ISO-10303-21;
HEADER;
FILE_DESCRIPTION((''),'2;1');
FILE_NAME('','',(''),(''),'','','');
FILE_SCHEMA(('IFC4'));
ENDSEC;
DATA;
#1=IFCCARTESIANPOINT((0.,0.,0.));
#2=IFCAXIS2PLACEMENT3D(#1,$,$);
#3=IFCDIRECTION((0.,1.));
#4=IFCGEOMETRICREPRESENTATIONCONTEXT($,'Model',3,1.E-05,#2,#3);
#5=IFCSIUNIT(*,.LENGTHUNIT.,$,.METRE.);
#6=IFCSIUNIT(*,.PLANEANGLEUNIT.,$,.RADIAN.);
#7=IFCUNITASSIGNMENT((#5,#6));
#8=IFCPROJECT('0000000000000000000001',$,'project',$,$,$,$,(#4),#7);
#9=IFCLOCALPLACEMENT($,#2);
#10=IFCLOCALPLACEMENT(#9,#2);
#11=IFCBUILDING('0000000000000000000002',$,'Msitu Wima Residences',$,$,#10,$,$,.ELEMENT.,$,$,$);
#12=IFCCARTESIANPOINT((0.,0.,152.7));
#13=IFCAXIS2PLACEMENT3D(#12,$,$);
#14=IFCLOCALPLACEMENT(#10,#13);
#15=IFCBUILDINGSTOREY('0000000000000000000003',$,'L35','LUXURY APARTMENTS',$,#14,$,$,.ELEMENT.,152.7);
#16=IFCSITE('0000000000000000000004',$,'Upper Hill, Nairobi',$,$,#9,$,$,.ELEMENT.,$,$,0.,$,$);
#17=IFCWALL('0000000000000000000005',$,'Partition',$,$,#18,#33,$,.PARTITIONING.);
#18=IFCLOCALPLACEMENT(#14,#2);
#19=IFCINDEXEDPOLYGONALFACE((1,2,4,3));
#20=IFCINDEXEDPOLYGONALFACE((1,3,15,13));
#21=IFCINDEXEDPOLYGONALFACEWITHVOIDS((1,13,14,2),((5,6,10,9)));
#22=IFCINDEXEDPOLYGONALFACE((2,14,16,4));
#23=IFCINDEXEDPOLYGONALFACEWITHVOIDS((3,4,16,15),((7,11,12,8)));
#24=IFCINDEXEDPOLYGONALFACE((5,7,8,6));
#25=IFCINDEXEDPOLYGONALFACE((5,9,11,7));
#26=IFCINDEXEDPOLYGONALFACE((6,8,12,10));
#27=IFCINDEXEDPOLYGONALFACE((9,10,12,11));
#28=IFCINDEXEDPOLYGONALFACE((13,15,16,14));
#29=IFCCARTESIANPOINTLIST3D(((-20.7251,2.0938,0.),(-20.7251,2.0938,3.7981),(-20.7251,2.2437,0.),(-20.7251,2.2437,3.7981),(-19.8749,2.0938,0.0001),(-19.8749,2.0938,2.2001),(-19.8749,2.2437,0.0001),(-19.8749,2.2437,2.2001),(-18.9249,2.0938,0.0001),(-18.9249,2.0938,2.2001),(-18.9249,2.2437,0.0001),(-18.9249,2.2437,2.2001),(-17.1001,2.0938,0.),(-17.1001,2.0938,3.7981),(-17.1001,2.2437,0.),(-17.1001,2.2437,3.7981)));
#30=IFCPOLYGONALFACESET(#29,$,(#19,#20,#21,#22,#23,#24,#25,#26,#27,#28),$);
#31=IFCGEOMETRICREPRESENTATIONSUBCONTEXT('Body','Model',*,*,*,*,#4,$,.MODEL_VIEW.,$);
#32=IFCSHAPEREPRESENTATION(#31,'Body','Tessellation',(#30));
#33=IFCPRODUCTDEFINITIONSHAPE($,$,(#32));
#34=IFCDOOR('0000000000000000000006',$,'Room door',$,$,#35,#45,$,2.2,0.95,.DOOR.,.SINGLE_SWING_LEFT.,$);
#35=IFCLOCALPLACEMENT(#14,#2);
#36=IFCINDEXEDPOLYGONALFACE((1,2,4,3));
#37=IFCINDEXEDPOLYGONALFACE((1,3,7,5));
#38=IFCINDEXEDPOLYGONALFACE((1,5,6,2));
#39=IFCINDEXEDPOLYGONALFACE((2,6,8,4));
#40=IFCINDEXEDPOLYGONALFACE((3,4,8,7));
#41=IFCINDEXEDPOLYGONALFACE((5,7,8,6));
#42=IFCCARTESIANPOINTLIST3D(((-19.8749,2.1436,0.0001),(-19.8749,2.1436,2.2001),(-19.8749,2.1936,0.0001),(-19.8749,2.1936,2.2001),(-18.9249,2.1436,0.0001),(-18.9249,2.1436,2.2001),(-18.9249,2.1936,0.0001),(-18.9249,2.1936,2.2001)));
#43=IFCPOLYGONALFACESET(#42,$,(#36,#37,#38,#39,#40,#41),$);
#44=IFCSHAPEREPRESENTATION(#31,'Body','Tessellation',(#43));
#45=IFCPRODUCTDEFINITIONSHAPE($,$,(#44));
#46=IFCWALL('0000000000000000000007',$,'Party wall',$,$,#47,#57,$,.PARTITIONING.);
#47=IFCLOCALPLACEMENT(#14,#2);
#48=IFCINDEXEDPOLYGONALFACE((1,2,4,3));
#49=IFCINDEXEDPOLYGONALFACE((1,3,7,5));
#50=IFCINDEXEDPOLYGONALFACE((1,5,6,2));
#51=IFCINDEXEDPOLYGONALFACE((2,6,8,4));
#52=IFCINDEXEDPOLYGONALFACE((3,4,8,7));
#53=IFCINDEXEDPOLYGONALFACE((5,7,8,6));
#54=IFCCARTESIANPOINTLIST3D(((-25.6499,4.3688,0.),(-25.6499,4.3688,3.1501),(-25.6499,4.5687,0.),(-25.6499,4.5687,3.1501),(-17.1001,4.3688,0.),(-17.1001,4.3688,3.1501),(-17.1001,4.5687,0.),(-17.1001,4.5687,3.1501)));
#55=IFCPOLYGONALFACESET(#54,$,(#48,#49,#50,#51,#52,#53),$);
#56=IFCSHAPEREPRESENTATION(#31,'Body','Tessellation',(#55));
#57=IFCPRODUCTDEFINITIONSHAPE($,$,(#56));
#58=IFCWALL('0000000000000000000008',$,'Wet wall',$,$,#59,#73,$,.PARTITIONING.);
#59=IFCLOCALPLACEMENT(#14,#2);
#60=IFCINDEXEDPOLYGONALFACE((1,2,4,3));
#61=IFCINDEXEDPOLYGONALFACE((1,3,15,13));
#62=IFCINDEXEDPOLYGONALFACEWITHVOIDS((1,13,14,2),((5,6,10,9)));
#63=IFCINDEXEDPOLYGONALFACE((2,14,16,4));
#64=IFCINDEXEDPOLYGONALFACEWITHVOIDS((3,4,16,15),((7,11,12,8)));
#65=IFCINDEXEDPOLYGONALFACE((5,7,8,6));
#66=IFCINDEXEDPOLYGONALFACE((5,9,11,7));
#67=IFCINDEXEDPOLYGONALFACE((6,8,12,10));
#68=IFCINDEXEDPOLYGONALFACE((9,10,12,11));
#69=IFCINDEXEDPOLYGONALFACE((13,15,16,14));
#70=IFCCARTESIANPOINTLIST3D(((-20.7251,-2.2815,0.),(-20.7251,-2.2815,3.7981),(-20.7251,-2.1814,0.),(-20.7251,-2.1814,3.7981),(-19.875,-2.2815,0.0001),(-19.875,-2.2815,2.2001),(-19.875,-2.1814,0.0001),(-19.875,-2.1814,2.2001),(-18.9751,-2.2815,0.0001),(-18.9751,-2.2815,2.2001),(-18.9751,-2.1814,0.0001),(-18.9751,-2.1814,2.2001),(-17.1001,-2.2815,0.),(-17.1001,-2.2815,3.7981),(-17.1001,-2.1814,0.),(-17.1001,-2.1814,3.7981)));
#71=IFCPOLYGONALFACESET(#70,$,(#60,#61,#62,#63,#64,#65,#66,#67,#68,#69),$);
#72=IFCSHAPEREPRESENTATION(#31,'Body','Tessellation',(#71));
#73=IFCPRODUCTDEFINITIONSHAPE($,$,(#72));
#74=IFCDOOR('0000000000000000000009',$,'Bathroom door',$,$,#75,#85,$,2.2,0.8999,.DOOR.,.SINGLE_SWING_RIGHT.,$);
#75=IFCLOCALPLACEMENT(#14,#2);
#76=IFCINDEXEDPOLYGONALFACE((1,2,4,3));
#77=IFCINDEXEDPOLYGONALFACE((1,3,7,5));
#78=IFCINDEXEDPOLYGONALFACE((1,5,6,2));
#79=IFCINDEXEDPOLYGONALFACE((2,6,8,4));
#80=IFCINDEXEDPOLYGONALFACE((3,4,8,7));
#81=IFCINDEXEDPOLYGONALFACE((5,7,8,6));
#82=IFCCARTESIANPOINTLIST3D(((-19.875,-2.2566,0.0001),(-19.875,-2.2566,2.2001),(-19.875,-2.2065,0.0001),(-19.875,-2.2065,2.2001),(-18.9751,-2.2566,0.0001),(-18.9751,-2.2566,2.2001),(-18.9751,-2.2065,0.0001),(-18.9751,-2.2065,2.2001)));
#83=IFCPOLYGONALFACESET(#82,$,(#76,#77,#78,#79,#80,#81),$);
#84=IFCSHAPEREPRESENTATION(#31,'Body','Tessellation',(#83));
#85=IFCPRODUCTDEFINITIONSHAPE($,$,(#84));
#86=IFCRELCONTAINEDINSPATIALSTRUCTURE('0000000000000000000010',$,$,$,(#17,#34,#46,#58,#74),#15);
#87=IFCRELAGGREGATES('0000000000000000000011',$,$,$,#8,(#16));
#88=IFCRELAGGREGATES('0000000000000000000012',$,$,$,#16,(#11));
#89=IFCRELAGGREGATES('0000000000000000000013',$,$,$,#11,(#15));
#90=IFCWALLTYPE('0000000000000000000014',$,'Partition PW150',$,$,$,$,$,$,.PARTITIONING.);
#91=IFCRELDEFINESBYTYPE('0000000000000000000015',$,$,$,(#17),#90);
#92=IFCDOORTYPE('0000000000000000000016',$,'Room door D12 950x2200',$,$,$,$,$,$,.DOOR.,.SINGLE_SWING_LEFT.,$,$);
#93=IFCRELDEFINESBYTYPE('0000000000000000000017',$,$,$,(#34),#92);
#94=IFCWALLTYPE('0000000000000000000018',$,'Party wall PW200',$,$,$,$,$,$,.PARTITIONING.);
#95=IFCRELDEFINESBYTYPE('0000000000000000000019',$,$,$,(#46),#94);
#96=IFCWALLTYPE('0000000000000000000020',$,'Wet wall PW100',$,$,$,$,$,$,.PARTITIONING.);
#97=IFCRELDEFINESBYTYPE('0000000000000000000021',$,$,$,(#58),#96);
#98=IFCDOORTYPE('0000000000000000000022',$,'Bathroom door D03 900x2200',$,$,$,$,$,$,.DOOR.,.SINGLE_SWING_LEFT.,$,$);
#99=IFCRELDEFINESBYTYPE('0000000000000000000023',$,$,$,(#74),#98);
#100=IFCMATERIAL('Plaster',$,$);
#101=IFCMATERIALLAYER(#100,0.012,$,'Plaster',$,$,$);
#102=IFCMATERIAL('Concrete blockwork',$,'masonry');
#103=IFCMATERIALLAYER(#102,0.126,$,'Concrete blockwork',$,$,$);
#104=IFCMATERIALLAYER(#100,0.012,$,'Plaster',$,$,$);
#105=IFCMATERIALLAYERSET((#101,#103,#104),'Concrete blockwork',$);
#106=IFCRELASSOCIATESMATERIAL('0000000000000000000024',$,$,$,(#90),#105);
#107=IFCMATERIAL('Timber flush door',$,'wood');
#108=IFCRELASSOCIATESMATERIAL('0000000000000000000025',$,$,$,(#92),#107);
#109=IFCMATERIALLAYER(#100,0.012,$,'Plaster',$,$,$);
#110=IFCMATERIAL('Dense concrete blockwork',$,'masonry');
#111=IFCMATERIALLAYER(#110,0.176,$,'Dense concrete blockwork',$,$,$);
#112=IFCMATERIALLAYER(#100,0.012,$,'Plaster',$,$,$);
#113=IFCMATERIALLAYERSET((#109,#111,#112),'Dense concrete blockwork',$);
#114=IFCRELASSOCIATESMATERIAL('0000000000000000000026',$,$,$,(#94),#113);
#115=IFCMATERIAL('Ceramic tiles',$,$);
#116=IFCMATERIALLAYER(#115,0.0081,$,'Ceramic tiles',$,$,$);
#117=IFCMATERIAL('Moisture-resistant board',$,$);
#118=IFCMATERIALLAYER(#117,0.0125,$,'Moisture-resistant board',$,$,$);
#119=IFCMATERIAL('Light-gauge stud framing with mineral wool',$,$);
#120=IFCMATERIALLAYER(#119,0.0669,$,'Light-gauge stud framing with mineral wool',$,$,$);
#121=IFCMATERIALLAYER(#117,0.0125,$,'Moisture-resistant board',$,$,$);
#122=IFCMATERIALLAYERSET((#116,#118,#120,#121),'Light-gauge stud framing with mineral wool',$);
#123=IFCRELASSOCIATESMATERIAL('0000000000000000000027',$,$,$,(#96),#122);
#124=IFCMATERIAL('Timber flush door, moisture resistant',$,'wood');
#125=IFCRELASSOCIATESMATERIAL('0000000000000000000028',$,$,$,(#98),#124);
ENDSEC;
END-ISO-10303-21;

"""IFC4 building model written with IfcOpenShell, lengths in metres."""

from ifc_helpers import new_model, si_unit, direction, frame, frame_2d, origin, place, context, subcontext, project, spatial, rectangle, extrude, material, layer, layer_set, type_object, element, fill, save


model = new_model("IFC4")

# Units and contexts
model_context = context("Model", 3, precision=1e-05, world=origin(), true_north=direction((0.0, 1.0)))
body_context = subcontext(model_context, "Body", "Model", "MODEL_VIEW")
ifc_project = project(units=[si_unit("LENGTHUNIT", "METRE"), si_unit("PLANEANGLEUNIT", "RADIAN")], contexts=[model_context])

# Site, building, storey
site_placement = place(None, origin())
site = spatial("IfcSite", under=ifc_project, at=site_placement, Name="Upper Hill, Nairobi", CompositionType="ELEMENT", RefElevation=0.0)
building_placement = place(site_placement, origin())
building = spatial("IfcBuilding", under=site, at=building_placement, Name="Msitu Wima Residences", CompositionType="ELEMENT")
storey_placement = place(building_placement, frame((0.0, 0.0, 152.7)))
storey = spatial("IfcBuildingStorey", under=building, at=storey_placement, Name="L35", Description="LUXURY APARTMENTS", CompositionType="ELEMENT", Elevation=152.7)

# Wall, opening, door
ifc_material_1 = material(Name="Plaster")
ifc_layer_1 = layer(ifc_material_1, 0.012, Name="Plaster")
ifc_material_2 = material(Name="Concrete blockwork", Category="masonry")
ifc_layer_2 = layer(ifc_material_2, 0.126, Name="Concrete blockwork")
ifc_layer_3 = layer(ifc_material_1, 0.012, Name="Plaster")
ifc_layer_set_1 = layer_set([ifc_layer_1, ifc_layer_2, ifc_layer_3], Name="Concrete blockwork")
wall_type_1 = type_object("IfcWallType", Name="Partition PW150", PredefinedType="PARTITIONING", material=ifc_layer_set_1)
wall_1_placement = place(storey_placement, frame((-20.7251, 2.1687, 0.0), z_axis=(0.0, 0.0, 1.0), x_axis=(1.0, 0.0, 0.0)))
wall_1 = element("IfcWall", 1, at=wall_1_placement, inside=storey, type_object=wall_type_1, Name="Partition", PredefinedType="PARTITIONING", context=body_context, shape_type="SweptSolid", body=[
    extrude(rectangle(XDim=3.625, YDim=0.1499, at=frame_2d((1.8125, 0.0))), origin(), (0.0, 0.0, 1.0), 3.7981),
])
opening_1_placement = place(wall_1_placement, frame((0.8501, 0.0, 0.0)))
opening_1 = element("IfcOpeningElement", 2, at=opening_1_placement, cuts=wall_1, PredefinedType="OPENING", context=body_context, shape_type="SweptSolid", body=[
    extrude(rectangle(XDim=0.95, YDim=2.2, at=frame_2d((0.4751, 1.1001))), frame((0.0, 0.085, 0.0), z_axis=(0.0, -1.0, 0.0), x_axis=(1.0, 0.0, 0.0)), (0.0, 0.0, 1.0), 0.1699),
])
ifc_material_3 = material(Name="Timber flush door", Category="wood")
door_type_1 = type_object("IfcDoorType", Name="Room door D12 950x2200", OperationType="SINGLE_SWING_LEFT", PredefinedType="DOOR", material=ifc_material_3)
door_1_placement = place(opening_1_placement, origin())
door_1 = element("IfcDoor", 3, at=door_1_placement, inside=storey, type_object=door_type_1, Name="Room door", OperationType="SINGLE_SWING_LEFT", OverallHeight=2.2, OverallWidth=0.95, PredefinedType="DOOR", context=body_context, shape_type="SweptSolid", body=[
    extrude(rectangle(XDim=0.95, YDim=2.2, at=frame_2d((0.4751, 1.1001))), frame((0.0, 0.0249, 0.0), z_axis=(0.0, -1.0, 0.0), x_axis=(1.0, 0.0, 0.0)), (0.0, 0.0, 1.0), 0.05),
])
fill(opening_1, door_1)

# Wall
ifc_layer_4 = layer(ifc_material_1, 0.012, Name="Plaster")
ifc_material_4 = material(Name="Dense concrete blockwork", Category="masonry")
ifc_layer_5 = layer(ifc_material_4, 0.176, Name="Dense concrete blockwork")
ifc_layer_6 = layer(ifc_material_1, 0.012, Name="Plaster")
ifc_layer_set_2 = layer_set([ifc_layer_4, ifc_layer_5, ifc_layer_6], Name="Dense concrete blockwork")
wall_type_2 = type_object("IfcWallType", Name="Party wall PW200", PredefinedType="PARTITIONING", material=ifc_layer_set_2)
wall_2_placement = place(storey_placement, frame((-25.6499, 4.4688, 0.0), z_axis=(0.0, 0.0, 1.0), x_axis=(1.0, 0.0, 0.0)))
element("IfcWall", 4, at=wall_2_placement, inside=storey, type_object=wall_type_2, Name="Party wall", PredefinedType="PARTITIONING", context=body_context, shape_type="SweptSolid", body=[
    extrude(rectangle(XDim=8.5498, YDim=0.2, at=frame_2d((4.2749, 0.0))), origin(), (0.0, 0.0, 1.0), 3.1501),
])

# Wall, opening, door
ifc_material_5 = material(Name="Ceramic tiles")
ifc_layer_7 = layer(ifc_material_5, 0.0081, Name="Ceramic tiles")
ifc_material_6 = material(Name="Moisture-resistant board")
ifc_layer_8 = layer(ifc_material_6, 0.0125, Name="Moisture-resistant board")
ifc_material_7 = material(Name="Light-gauge stud framing with mineral wool")
ifc_layer_9 = layer(ifc_material_7, 0.0669, Name="Light-gauge stud framing with mineral wool")
ifc_layer_10 = layer(ifc_material_6, 0.0125, Name="Moisture-resistant board")
ifc_layer_set_3 = layer_set([ifc_layer_7, ifc_layer_8, ifc_layer_9, ifc_layer_10], Name="Light-gauge stud framing with mineral wool")
wall_type_3 = type_object("IfcWallType", Name="Wet wall PW100", PredefinedType="PARTITIONING", material=ifc_layer_set_3)
wall_3_placement = place(storey_placement, frame((-20.7251, -2.2314, 0.0), z_axis=(0.0, 0.0, 1.0), x_axis=(1.0, 0.0, 0.0)))
wall_3 = element("IfcWall", 5, at=wall_3_placement, inside=storey, type_object=wall_type_3, Name="Wet wall", PredefinedType="PARTITIONING", context=body_context, shape_type="SweptSolid", body=[
    extrude(rectangle(XDim=3.625, YDim=0.1001, at=frame_2d((1.8125, 0.0))), origin(), (0.0, 0.0, 1.0), 3.7981),
])
opening_2_placement = place(wall_3_placement, frame((0.8501, 0.0, 0.0)))
opening_2 = element("IfcOpeningElement", 6, at=opening_2_placement, cuts=wall_3, PredefinedType="OPENING", context=body_context, shape_type="SweptSolid", body=[
    extrude(rectangle(XDim=0.8999, YDim=2.2, at=frame_2d((0.45, 1.1001))), frame((0.0, 0.0601, 0.0), z_axis=(0.0, -1.0, 0.0), x_axis=(1.0, 0.0, 0.0)), (0.0, 0.0, 1.0), 0.1201),
])
ifc_material_8 = material(Name="Timber flush door, moisture resistant", Category="wood")
door_type_2 = type_object("IfcDoorType", Name="Bathroom door D03 900x2200", OperationType="SINGLE_SWING_LEFT", PredefinedType="DOOR", material=ifc_material_8)
door_2_placement = place(opening_2_placement, origin())
door_2 = element("IfcDoor", 7, at=door_2_placement, inside=storey, type_object=door_type_2, Name="Bathroom door", OperationType="SINGLE_SWING_RIGHT", OverallHeight=2.2, OverallWidth=0.8999, PredefinedType="DOOR", context=body_context, shape_type="SweptSolid", body=[
    extrude(rectangle(XDim=0.8999, YDim=2.2, at=frame_2d((0.45, 1.1001))), frame((0.0, 0.0249, 0.0), z_axis=(0.0, -1.0, 0.0), x_axis=(1.0, 0.0, 0.0)), (0.0, 0.0, 1.0), 0.05),
])
fill(opening_2, door_2)

save(model, "model.ifc")
